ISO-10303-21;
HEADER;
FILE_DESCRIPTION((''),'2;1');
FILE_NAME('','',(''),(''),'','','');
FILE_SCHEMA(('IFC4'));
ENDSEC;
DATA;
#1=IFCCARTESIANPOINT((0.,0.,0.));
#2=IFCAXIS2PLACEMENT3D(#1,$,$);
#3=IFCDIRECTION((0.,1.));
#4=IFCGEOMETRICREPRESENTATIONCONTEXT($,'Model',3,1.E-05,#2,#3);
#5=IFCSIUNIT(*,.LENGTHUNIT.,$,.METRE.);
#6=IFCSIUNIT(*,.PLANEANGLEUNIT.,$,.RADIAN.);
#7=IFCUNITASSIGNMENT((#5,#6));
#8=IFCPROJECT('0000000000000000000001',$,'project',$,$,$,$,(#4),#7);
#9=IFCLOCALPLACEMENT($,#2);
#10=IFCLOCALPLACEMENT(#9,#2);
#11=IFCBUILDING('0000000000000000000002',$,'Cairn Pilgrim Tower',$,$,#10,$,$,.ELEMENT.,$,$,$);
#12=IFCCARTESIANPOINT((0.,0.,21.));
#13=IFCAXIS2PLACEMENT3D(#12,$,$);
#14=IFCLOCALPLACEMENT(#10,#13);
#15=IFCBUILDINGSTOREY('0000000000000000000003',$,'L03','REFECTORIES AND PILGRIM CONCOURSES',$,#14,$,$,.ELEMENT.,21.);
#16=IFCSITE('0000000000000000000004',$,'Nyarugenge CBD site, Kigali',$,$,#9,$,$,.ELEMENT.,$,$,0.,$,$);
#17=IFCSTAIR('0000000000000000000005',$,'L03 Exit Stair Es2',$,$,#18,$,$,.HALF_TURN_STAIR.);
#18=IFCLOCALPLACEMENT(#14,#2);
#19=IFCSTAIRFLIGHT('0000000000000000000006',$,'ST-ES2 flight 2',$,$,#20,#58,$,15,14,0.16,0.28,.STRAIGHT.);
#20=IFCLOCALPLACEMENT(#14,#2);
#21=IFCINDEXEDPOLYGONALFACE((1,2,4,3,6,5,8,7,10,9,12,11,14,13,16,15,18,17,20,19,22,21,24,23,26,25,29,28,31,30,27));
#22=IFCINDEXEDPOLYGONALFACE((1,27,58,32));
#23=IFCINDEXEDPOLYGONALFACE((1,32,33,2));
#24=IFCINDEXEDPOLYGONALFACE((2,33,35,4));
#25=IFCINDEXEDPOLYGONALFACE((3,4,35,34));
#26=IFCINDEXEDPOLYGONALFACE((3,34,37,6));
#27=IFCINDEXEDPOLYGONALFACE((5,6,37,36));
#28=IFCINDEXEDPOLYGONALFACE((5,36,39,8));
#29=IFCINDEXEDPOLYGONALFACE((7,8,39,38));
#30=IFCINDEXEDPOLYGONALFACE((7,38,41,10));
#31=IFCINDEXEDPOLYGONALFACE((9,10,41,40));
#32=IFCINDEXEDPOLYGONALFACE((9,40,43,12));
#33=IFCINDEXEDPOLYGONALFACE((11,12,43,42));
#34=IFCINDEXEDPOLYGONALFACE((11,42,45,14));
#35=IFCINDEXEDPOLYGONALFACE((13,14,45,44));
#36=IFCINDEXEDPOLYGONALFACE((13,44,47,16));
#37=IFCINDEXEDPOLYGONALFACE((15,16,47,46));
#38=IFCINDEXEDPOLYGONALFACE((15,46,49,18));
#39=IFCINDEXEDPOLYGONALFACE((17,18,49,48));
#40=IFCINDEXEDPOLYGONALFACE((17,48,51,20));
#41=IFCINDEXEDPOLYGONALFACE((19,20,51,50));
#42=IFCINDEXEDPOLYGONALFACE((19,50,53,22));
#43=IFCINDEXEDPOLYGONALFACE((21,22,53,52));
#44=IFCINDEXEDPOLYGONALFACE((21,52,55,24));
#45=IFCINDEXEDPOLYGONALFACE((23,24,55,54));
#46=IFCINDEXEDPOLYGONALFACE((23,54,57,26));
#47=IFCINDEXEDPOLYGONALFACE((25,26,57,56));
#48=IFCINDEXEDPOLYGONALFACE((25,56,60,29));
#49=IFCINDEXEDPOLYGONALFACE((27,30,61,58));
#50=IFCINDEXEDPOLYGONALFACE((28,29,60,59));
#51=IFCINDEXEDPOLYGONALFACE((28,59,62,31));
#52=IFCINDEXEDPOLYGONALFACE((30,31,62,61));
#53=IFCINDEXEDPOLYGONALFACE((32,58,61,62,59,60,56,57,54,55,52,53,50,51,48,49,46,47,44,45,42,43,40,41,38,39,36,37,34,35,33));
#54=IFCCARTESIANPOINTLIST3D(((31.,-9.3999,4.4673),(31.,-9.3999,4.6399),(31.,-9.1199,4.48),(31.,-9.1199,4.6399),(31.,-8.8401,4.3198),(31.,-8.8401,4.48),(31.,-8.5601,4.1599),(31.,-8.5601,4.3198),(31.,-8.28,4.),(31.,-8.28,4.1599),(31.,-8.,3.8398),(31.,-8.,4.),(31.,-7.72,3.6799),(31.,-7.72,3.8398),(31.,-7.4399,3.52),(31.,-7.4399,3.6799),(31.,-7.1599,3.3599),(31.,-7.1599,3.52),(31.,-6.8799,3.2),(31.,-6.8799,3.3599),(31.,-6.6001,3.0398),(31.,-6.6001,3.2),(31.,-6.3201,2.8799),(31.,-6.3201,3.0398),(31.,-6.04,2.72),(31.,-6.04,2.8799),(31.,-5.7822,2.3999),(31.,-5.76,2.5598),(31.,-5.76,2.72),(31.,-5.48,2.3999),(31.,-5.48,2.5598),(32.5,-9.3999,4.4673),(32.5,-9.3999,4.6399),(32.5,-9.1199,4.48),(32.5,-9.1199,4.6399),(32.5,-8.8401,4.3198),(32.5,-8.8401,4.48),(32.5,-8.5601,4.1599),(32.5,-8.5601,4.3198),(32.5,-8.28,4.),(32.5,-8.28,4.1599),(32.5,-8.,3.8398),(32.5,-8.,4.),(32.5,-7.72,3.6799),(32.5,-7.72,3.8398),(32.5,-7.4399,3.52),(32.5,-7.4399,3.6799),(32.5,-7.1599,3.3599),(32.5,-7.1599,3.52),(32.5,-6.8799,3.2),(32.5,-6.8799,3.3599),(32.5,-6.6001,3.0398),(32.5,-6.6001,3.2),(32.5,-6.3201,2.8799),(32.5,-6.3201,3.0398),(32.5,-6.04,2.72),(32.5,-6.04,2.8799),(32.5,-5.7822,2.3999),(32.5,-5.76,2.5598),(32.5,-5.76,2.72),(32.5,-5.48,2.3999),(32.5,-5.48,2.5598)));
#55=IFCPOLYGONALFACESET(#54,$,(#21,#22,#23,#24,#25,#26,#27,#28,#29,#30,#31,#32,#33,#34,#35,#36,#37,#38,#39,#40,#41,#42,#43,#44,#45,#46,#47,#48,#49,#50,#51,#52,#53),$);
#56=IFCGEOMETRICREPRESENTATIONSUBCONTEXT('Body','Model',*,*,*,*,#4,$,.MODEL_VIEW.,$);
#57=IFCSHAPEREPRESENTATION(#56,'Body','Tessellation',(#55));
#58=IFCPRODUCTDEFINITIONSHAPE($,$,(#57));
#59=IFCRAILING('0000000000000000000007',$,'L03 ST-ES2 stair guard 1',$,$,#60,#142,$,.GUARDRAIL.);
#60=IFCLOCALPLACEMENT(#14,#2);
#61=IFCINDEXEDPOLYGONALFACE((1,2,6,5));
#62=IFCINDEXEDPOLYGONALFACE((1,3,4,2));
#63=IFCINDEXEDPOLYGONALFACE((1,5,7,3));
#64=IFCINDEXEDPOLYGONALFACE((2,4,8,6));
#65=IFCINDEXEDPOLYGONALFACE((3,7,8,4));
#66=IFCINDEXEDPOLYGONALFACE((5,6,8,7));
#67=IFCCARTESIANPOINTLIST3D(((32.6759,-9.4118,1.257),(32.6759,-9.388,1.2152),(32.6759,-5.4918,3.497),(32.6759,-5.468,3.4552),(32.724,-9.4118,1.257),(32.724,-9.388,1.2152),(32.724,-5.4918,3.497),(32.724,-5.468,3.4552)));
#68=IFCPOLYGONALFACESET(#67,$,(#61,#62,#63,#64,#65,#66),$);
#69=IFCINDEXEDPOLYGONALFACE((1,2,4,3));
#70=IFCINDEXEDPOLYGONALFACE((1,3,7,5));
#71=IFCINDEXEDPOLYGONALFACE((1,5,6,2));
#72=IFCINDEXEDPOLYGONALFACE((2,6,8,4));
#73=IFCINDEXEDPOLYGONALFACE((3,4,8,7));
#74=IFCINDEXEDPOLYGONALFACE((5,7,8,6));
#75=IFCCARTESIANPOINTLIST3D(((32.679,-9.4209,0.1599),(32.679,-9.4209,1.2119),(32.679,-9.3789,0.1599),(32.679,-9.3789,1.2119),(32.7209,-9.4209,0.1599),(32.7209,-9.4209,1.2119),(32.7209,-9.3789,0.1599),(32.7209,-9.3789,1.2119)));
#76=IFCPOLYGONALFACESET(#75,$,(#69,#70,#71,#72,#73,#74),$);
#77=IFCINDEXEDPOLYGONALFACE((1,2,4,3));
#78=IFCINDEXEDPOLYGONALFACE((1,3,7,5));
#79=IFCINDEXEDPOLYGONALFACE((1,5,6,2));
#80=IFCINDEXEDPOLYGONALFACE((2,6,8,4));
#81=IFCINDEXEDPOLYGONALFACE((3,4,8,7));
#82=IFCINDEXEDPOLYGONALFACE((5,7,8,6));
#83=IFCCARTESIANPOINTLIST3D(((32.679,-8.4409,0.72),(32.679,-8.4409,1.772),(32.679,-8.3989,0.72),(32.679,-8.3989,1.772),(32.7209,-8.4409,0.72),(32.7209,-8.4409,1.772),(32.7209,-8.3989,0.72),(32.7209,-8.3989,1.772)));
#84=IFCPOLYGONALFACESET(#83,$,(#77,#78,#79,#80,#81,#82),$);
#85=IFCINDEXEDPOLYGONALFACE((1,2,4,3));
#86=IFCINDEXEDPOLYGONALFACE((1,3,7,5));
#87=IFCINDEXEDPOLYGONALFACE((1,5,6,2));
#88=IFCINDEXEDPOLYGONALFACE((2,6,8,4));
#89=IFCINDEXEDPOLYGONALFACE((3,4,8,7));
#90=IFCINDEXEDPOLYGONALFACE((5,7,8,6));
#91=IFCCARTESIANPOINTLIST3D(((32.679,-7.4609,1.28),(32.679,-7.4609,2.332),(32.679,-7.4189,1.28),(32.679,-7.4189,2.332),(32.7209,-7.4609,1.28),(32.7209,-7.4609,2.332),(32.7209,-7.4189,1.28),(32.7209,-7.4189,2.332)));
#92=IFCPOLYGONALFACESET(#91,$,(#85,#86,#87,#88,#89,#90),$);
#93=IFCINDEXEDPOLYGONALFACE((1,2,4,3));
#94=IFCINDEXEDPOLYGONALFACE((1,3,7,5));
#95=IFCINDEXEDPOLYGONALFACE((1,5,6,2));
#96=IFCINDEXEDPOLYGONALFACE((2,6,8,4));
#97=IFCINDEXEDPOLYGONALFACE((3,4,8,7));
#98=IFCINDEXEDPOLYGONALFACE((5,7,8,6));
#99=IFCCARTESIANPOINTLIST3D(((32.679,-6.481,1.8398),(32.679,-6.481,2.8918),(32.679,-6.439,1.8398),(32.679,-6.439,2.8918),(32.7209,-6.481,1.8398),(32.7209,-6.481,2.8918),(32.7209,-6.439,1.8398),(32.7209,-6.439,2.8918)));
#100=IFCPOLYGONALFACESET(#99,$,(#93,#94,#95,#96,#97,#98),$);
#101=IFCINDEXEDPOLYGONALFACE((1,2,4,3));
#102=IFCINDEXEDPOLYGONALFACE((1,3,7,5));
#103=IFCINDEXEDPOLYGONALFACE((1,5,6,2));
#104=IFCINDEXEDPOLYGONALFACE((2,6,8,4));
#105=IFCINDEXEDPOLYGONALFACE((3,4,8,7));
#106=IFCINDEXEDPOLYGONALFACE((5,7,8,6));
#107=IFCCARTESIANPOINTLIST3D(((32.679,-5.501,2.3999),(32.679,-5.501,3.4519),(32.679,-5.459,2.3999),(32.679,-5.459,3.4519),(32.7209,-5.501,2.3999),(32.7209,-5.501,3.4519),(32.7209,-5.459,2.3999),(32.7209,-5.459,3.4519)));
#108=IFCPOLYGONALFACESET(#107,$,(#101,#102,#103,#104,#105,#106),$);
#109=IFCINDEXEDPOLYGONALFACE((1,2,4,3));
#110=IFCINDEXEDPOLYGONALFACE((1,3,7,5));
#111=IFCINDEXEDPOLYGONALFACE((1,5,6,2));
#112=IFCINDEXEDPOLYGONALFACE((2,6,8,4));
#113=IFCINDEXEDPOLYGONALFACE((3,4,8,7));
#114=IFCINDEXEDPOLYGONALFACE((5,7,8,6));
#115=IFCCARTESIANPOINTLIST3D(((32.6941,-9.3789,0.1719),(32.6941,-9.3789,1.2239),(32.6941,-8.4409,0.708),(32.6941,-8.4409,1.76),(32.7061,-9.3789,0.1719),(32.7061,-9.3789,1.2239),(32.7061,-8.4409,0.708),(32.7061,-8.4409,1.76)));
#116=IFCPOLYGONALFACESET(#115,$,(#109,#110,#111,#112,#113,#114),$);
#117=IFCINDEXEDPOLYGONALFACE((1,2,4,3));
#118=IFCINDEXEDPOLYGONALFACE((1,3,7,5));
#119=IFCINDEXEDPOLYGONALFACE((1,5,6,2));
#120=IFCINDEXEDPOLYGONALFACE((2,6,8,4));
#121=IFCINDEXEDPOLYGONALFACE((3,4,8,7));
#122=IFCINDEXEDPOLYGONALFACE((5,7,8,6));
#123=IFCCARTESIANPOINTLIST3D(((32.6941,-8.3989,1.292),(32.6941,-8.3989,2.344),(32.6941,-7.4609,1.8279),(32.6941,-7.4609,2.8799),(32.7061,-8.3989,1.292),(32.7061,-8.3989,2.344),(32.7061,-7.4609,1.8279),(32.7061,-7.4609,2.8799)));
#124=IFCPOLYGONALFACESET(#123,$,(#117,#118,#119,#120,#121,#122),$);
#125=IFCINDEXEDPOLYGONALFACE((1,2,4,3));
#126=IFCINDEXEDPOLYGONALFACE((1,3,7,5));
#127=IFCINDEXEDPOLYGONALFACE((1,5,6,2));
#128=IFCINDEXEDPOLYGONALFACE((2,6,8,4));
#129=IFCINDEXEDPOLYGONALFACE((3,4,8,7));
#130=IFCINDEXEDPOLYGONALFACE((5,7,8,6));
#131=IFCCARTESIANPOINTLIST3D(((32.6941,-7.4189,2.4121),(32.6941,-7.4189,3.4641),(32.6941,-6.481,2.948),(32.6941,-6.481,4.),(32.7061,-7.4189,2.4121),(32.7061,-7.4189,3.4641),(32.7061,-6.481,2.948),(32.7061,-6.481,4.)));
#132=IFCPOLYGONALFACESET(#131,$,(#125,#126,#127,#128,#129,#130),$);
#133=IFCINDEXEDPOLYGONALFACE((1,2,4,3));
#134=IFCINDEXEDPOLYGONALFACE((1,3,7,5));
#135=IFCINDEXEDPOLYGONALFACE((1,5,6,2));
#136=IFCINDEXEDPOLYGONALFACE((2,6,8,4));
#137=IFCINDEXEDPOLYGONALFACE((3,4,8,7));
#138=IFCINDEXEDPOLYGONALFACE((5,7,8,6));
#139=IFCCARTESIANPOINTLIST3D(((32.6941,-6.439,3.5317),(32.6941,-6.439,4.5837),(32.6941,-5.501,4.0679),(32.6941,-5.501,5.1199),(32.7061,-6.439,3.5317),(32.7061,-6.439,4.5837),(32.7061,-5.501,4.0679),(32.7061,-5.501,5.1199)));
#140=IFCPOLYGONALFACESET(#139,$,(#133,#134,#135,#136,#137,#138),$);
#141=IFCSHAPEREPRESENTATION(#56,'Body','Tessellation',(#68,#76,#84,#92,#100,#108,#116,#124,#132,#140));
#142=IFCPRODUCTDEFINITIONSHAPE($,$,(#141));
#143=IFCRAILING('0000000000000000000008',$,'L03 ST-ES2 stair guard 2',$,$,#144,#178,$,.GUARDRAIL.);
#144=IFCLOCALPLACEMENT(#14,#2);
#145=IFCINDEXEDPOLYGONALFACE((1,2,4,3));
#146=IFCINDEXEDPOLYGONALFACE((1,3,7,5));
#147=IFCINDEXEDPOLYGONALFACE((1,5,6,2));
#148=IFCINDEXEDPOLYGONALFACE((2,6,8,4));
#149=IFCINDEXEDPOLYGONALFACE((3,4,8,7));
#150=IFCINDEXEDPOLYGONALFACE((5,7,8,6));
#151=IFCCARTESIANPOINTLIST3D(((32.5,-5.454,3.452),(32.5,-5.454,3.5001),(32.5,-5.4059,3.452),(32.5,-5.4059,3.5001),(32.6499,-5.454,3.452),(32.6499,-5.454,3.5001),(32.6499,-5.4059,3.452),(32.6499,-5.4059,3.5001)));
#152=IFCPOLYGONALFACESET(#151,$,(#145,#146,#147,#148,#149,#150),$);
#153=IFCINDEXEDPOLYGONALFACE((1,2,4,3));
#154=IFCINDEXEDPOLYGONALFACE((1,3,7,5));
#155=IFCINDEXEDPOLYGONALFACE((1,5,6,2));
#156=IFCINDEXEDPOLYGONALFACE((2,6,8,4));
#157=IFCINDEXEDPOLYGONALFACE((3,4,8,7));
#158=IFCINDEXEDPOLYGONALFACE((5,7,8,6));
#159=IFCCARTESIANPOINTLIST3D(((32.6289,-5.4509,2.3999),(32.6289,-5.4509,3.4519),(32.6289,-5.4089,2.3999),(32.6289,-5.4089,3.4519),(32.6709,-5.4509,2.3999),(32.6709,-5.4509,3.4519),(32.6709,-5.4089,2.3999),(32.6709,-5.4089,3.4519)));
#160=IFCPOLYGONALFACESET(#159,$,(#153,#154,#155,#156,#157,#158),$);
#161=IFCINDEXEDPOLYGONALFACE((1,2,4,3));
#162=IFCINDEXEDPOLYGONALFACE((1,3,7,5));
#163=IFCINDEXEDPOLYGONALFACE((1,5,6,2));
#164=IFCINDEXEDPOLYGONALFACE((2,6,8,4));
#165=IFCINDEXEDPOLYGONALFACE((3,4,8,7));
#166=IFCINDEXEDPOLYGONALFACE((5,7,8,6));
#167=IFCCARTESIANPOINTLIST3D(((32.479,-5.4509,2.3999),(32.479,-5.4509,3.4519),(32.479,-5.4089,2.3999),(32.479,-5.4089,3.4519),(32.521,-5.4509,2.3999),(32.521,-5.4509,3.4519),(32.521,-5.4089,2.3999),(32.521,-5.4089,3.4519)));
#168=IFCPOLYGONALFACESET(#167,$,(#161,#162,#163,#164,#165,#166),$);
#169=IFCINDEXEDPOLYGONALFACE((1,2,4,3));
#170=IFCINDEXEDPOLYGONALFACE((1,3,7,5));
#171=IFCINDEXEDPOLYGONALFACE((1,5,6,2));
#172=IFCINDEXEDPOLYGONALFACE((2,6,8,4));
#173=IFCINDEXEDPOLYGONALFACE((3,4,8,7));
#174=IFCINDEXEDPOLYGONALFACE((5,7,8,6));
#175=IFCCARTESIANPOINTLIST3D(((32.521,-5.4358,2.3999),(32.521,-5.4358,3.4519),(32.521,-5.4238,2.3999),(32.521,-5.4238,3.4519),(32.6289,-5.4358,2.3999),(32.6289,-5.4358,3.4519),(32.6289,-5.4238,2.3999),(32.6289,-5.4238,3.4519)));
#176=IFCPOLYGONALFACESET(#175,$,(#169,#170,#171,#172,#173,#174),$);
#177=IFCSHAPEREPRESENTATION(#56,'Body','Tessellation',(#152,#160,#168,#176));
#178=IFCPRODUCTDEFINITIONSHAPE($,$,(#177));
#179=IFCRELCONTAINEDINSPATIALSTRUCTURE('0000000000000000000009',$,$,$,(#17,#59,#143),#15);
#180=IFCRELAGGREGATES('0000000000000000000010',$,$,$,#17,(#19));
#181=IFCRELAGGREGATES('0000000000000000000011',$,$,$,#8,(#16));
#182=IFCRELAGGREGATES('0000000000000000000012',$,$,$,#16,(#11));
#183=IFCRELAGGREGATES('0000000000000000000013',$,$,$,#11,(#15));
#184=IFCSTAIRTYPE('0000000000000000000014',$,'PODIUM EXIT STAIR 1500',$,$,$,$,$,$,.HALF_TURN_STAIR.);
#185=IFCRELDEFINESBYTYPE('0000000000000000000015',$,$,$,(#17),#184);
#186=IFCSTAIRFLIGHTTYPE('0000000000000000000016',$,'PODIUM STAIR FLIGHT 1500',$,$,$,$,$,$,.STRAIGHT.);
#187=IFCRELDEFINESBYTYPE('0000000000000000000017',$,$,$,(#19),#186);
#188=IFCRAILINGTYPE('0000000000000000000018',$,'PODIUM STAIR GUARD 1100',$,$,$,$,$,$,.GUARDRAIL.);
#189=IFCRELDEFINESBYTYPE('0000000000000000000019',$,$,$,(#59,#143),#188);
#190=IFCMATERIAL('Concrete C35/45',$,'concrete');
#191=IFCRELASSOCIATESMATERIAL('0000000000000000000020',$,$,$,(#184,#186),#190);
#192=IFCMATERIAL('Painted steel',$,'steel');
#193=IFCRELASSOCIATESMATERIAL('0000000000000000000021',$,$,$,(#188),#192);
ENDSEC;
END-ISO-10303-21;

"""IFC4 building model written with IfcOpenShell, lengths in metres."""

from ifc_helpers import new_model, si_unit, direction, frame, origin, origin_2d, place, context, subcontext, project, spatial, polyline, rectangle, outline, extrude, material, type_object, element, aggregate, save


model = new_model("IFC4")

# Units and contexts
model_context = context("Model", 3, precision=1e-05, world=origin(), true_north=direction((0.0, 1.0)))
body_context = subcontext(model_context, "Body", "Model", "MODEL_VIEW")
ifc_project = project(units=[si_unit("LENGTHUNIT", "METRE"), si_unit("PLANEANGLEUNIT", "RADIAN")], contexts=[model_context])

# Site, building, storey
site_placement = place(None, origin())
site = spatial("IfcSite", under=ifc_project, at=site_placement, Name="Nyarugenge CBD site, Kigali", CompositionType="ELEMENT", RefElevation=0.0)
building_placement = place(site_placement, origin())
building = spatial("IfcBuilding", under=site, at=building_placement, Name="Cairn Pilgrim Tower", CompositionType="ELEMENT")
storey_placement = place(building_placement, frame((0.0, 0.0, 21.0)))
storey = spatial("IfcBuildingStorey", under=building, at=storey_placement, Name="L03", Description="REFECTORIES AND PILGRIM CONCOURSES", CompositionType="ELEMENT", Elevation=21.0)

# Shared definitions
ifc_material_1 = material(Name="Concrete C35/45", Category="concrete")

# Stair, stair flight
stair_type = type_object("IfcStairType", Name="PODIUM EXIT STAIR 1500", PredefinedType="HALF_TURN_STAIR", material=ifc_material_1)
stair_placement = place(storey_placement, origin())
stair = element("IfcStair", 1, at=stair_placement, inside=storey, type_object=stair_type, Name="L03 Exit Stair Es2", PredefinedType="HALF_TURN_STAIR")
stair_flight_type = type_object("IfcStairFlightType", Name="PODIUM STAIR FLIGHT 1500", PredefinedType="STRAIGHT", material=ifc_material_1)
stair_flight_1_placement = place(storey_placement, frame((31.75, -5.48, 2.3999), z_axis=(0.0, 0.0, 1.0), x_axis=(0.0, -1.0, 0.0)))
stair_flight_1 = element("IfcStairFlight", 2, at=stair_flight_1_placement, type_object=stair_flight_type, Name="ST-ES2 flight 2", NumberOfRisers=15, NumberOfTreads=14, PredefinedType="STRAIGHT", RiserHeight=0.16, TreadLength=0.28, context=body_context, shape_type="SweptSolid", body=[
    extrude(outline(polyline([(0.0, 0.0), (0.0, 0.1599), (0.28, 0.1599), (0.28, 0.3201), (0.5601, 0.3201), (0.5601, 0.48), (0.8401, 0.48), (0.8401, 0.6399), (1.1201, 0.6399), (1.1201, 0.8), (1.3999, 0.8), (1.3999, 0.96), (1.6799, 0.96), (1.6799, 1.1201), (1.96, 1.1201), (1.96, 1.28), (2.24, 1.28), (2.24, 1.4399), (2.52, 1.4399), (2.52, 1.6001), (2.8, 1.6001), (2.8, 1.76), (3.0801, 1.76), (3.0801, 1.9199), (3.3601, 1.9199), (3.3601, 2.0801), (3.6399, 2.0801), (3.6399, 2.24), (3.9199, 2.24), (3.9199, 2.3999), (3.9199, 2.0674), (0.3022, 0.0), (0.0, 0.0)])), frame((0.0, 0.75, 0.0), z_axis=(0.0, -1.0, 0.0), x_axis=(1.0, 0.0, 0.0)), (0.0, 0.0, 1.0), 1.5),
])
aggregate(stair, [stair_flight_1])

# Railings
ifc_material_2 = material(Name="Painted steel", Category="steel")
railing_type_1 = type_object("IfcRailingType", Name="PODIUM STAIR GUARD 1100", PredefinedType="GUARDRAIL", material=ifc_material_2)
railing_1_placement = place(storey_placement, frame((32.7, -9.3999, 0.1599)))
element("IfcRailing", 3, at=railing_1_placement, inside=storey, type_object=railing_type_1, Name="L03 ST-ES2 stair guard 1", PredefinedType="GUARDRAIL", context=body_context, shape_type="SweptSolid", body=[
    extrude(rectangle(XDim=0.0481, YDim=0.0481, at=origin_2d()), frame((0.0, 0.0, 1.0762), z_axis=(0.0, 0.86824, 0.496145), x_axis=(-1.0, 0.0, 0.0)), (0.0, 0.0, 1.0), 4.5149),
    extrude(rectangle(XDim=0.042, YDim=0.042, at=origin_2d()), origin(), (0.0, 0.0, 1.0), 1.052),
    extrude(rectangle(XDim=0.042, YDim=0.042, at=origin_2d()), frame((0.0, 0.98, 0.5601)), (0.0, 0.0, 1.0), 1.052),
    extrude(rectangle(XDim=0.042, YDim=0.042, at=origin_2d()), frame((0.0, 1.96, 1.1201)), (0.0, 0.0, 1.0), 1.052),
    extrude(rectangle(XDim=0.042, YDim=0.042, at=origin_2d()), frame((0.0, 2.9399, 1.6799)), (0.0, 0.0, 1.0), 1.052),
    extrude(rectangle(XDim=0.042, YDim=0.042, at=origin_2d()), frame((0.0, 3.9199, 2.24)), (0.0, 0.0, 1.0), 1.052),
    extrude(outline(polyline([(0.021, 0.012), (0.959, 0.5481), (0.959, 1.6001), (0.021, 1.064), (0.021, 0.012)])), frame((-0.0059, 0.0, 0.0), z_axis=(1.0, 0.0, 0.0), x_axis=(0.0, 1.0, 0.0)), (0.0, 0.0, 1.0), 0.012),
    extrude(outline(polyline([(0.021, 0.572), (0.959, 1.1079), (0.959, 2.1599), (0.021, 1.624), (0.021, 0.572)])), frame((-0.0059, 0.98, 0.5601), z_axis=(1.0, 0.0, 0.0), x_axis=(0.0, 1.0, 0.0)), (0.0, 0.0, 1.0), 0.012),
    extrude(outline(polyline([(0.021, 1.1321), (0.959, 1.668), (0.959, 2.72), (0.021, 2.1841), (0.021, 1.1321)])), frame((-0.0059, 1.96, 1.1201), z_axis=(1.0, 0.0, 0.0), x_axis=(0.0, 1.0, 0.0)), (0.0, 0.0, 1.0), 0.012),
    extrude(outline(polyline([(0.021, 1.6919), (0.959, 2.228), (0.959, 3.28), (0.021, 2.7439), (0.021, 1.6919)])), frame((-0.0059, 2.9399, 1.6799), z_axis=(1.0, 0.0, 0.0), x_axis=(0.0, 1.0, 0.0)), (0.0, 0.0, 1.0), 0.012),
])
railing_2_placement = place(storey_placement, frame((32.6499, -5.4299, 2.3999)))
element("IfcRailing", 4, at=railing_2_placement, inside=storey, type_object=railing_type_1, Name="L03 ST-ES2 stair guard 2", PredefinedType="GUARDRAIL", context=body_context, shape_type="SweptSolid", body=[
    extrude(rectangle(XDim=0.0481, YDim=0.0481, at=origin_2d()), frame((0.0, 0.0, 1.0762), z_axis=(-1.0, 0.0, 0.0), x_axis=(0.0, -1.0, 0.0)), (0.0, 0.0, 1.0), 0.1499),
    extrude(rectangle(XDim=0.042, YDim=0.042, at=origin_2d()), origin(), (0.0, 0.0, 1.0), 1.052),
    extrude(rectangle(XDim=0.042, YDim=0.042, at=origin_2d()), frame((-0.1499, 0.0, 0.0)), (0.0, 0.0, 1.0), 1.052),
    extrude(outline(polyline([(0.021, 0.0), (0.1289, 0.0), (0.1289, 1.052), (0.021, 1.052), (0.021, 0.0)])), frame((0.0, -0.0059, 0.0), z_axis=(0.0, 1.0, 0.0), x_axis=(-1.0, 0.0, 0.0)), (0.0, 0.0, 1.0), 0.012),
])

save(model, "model.ifc")
